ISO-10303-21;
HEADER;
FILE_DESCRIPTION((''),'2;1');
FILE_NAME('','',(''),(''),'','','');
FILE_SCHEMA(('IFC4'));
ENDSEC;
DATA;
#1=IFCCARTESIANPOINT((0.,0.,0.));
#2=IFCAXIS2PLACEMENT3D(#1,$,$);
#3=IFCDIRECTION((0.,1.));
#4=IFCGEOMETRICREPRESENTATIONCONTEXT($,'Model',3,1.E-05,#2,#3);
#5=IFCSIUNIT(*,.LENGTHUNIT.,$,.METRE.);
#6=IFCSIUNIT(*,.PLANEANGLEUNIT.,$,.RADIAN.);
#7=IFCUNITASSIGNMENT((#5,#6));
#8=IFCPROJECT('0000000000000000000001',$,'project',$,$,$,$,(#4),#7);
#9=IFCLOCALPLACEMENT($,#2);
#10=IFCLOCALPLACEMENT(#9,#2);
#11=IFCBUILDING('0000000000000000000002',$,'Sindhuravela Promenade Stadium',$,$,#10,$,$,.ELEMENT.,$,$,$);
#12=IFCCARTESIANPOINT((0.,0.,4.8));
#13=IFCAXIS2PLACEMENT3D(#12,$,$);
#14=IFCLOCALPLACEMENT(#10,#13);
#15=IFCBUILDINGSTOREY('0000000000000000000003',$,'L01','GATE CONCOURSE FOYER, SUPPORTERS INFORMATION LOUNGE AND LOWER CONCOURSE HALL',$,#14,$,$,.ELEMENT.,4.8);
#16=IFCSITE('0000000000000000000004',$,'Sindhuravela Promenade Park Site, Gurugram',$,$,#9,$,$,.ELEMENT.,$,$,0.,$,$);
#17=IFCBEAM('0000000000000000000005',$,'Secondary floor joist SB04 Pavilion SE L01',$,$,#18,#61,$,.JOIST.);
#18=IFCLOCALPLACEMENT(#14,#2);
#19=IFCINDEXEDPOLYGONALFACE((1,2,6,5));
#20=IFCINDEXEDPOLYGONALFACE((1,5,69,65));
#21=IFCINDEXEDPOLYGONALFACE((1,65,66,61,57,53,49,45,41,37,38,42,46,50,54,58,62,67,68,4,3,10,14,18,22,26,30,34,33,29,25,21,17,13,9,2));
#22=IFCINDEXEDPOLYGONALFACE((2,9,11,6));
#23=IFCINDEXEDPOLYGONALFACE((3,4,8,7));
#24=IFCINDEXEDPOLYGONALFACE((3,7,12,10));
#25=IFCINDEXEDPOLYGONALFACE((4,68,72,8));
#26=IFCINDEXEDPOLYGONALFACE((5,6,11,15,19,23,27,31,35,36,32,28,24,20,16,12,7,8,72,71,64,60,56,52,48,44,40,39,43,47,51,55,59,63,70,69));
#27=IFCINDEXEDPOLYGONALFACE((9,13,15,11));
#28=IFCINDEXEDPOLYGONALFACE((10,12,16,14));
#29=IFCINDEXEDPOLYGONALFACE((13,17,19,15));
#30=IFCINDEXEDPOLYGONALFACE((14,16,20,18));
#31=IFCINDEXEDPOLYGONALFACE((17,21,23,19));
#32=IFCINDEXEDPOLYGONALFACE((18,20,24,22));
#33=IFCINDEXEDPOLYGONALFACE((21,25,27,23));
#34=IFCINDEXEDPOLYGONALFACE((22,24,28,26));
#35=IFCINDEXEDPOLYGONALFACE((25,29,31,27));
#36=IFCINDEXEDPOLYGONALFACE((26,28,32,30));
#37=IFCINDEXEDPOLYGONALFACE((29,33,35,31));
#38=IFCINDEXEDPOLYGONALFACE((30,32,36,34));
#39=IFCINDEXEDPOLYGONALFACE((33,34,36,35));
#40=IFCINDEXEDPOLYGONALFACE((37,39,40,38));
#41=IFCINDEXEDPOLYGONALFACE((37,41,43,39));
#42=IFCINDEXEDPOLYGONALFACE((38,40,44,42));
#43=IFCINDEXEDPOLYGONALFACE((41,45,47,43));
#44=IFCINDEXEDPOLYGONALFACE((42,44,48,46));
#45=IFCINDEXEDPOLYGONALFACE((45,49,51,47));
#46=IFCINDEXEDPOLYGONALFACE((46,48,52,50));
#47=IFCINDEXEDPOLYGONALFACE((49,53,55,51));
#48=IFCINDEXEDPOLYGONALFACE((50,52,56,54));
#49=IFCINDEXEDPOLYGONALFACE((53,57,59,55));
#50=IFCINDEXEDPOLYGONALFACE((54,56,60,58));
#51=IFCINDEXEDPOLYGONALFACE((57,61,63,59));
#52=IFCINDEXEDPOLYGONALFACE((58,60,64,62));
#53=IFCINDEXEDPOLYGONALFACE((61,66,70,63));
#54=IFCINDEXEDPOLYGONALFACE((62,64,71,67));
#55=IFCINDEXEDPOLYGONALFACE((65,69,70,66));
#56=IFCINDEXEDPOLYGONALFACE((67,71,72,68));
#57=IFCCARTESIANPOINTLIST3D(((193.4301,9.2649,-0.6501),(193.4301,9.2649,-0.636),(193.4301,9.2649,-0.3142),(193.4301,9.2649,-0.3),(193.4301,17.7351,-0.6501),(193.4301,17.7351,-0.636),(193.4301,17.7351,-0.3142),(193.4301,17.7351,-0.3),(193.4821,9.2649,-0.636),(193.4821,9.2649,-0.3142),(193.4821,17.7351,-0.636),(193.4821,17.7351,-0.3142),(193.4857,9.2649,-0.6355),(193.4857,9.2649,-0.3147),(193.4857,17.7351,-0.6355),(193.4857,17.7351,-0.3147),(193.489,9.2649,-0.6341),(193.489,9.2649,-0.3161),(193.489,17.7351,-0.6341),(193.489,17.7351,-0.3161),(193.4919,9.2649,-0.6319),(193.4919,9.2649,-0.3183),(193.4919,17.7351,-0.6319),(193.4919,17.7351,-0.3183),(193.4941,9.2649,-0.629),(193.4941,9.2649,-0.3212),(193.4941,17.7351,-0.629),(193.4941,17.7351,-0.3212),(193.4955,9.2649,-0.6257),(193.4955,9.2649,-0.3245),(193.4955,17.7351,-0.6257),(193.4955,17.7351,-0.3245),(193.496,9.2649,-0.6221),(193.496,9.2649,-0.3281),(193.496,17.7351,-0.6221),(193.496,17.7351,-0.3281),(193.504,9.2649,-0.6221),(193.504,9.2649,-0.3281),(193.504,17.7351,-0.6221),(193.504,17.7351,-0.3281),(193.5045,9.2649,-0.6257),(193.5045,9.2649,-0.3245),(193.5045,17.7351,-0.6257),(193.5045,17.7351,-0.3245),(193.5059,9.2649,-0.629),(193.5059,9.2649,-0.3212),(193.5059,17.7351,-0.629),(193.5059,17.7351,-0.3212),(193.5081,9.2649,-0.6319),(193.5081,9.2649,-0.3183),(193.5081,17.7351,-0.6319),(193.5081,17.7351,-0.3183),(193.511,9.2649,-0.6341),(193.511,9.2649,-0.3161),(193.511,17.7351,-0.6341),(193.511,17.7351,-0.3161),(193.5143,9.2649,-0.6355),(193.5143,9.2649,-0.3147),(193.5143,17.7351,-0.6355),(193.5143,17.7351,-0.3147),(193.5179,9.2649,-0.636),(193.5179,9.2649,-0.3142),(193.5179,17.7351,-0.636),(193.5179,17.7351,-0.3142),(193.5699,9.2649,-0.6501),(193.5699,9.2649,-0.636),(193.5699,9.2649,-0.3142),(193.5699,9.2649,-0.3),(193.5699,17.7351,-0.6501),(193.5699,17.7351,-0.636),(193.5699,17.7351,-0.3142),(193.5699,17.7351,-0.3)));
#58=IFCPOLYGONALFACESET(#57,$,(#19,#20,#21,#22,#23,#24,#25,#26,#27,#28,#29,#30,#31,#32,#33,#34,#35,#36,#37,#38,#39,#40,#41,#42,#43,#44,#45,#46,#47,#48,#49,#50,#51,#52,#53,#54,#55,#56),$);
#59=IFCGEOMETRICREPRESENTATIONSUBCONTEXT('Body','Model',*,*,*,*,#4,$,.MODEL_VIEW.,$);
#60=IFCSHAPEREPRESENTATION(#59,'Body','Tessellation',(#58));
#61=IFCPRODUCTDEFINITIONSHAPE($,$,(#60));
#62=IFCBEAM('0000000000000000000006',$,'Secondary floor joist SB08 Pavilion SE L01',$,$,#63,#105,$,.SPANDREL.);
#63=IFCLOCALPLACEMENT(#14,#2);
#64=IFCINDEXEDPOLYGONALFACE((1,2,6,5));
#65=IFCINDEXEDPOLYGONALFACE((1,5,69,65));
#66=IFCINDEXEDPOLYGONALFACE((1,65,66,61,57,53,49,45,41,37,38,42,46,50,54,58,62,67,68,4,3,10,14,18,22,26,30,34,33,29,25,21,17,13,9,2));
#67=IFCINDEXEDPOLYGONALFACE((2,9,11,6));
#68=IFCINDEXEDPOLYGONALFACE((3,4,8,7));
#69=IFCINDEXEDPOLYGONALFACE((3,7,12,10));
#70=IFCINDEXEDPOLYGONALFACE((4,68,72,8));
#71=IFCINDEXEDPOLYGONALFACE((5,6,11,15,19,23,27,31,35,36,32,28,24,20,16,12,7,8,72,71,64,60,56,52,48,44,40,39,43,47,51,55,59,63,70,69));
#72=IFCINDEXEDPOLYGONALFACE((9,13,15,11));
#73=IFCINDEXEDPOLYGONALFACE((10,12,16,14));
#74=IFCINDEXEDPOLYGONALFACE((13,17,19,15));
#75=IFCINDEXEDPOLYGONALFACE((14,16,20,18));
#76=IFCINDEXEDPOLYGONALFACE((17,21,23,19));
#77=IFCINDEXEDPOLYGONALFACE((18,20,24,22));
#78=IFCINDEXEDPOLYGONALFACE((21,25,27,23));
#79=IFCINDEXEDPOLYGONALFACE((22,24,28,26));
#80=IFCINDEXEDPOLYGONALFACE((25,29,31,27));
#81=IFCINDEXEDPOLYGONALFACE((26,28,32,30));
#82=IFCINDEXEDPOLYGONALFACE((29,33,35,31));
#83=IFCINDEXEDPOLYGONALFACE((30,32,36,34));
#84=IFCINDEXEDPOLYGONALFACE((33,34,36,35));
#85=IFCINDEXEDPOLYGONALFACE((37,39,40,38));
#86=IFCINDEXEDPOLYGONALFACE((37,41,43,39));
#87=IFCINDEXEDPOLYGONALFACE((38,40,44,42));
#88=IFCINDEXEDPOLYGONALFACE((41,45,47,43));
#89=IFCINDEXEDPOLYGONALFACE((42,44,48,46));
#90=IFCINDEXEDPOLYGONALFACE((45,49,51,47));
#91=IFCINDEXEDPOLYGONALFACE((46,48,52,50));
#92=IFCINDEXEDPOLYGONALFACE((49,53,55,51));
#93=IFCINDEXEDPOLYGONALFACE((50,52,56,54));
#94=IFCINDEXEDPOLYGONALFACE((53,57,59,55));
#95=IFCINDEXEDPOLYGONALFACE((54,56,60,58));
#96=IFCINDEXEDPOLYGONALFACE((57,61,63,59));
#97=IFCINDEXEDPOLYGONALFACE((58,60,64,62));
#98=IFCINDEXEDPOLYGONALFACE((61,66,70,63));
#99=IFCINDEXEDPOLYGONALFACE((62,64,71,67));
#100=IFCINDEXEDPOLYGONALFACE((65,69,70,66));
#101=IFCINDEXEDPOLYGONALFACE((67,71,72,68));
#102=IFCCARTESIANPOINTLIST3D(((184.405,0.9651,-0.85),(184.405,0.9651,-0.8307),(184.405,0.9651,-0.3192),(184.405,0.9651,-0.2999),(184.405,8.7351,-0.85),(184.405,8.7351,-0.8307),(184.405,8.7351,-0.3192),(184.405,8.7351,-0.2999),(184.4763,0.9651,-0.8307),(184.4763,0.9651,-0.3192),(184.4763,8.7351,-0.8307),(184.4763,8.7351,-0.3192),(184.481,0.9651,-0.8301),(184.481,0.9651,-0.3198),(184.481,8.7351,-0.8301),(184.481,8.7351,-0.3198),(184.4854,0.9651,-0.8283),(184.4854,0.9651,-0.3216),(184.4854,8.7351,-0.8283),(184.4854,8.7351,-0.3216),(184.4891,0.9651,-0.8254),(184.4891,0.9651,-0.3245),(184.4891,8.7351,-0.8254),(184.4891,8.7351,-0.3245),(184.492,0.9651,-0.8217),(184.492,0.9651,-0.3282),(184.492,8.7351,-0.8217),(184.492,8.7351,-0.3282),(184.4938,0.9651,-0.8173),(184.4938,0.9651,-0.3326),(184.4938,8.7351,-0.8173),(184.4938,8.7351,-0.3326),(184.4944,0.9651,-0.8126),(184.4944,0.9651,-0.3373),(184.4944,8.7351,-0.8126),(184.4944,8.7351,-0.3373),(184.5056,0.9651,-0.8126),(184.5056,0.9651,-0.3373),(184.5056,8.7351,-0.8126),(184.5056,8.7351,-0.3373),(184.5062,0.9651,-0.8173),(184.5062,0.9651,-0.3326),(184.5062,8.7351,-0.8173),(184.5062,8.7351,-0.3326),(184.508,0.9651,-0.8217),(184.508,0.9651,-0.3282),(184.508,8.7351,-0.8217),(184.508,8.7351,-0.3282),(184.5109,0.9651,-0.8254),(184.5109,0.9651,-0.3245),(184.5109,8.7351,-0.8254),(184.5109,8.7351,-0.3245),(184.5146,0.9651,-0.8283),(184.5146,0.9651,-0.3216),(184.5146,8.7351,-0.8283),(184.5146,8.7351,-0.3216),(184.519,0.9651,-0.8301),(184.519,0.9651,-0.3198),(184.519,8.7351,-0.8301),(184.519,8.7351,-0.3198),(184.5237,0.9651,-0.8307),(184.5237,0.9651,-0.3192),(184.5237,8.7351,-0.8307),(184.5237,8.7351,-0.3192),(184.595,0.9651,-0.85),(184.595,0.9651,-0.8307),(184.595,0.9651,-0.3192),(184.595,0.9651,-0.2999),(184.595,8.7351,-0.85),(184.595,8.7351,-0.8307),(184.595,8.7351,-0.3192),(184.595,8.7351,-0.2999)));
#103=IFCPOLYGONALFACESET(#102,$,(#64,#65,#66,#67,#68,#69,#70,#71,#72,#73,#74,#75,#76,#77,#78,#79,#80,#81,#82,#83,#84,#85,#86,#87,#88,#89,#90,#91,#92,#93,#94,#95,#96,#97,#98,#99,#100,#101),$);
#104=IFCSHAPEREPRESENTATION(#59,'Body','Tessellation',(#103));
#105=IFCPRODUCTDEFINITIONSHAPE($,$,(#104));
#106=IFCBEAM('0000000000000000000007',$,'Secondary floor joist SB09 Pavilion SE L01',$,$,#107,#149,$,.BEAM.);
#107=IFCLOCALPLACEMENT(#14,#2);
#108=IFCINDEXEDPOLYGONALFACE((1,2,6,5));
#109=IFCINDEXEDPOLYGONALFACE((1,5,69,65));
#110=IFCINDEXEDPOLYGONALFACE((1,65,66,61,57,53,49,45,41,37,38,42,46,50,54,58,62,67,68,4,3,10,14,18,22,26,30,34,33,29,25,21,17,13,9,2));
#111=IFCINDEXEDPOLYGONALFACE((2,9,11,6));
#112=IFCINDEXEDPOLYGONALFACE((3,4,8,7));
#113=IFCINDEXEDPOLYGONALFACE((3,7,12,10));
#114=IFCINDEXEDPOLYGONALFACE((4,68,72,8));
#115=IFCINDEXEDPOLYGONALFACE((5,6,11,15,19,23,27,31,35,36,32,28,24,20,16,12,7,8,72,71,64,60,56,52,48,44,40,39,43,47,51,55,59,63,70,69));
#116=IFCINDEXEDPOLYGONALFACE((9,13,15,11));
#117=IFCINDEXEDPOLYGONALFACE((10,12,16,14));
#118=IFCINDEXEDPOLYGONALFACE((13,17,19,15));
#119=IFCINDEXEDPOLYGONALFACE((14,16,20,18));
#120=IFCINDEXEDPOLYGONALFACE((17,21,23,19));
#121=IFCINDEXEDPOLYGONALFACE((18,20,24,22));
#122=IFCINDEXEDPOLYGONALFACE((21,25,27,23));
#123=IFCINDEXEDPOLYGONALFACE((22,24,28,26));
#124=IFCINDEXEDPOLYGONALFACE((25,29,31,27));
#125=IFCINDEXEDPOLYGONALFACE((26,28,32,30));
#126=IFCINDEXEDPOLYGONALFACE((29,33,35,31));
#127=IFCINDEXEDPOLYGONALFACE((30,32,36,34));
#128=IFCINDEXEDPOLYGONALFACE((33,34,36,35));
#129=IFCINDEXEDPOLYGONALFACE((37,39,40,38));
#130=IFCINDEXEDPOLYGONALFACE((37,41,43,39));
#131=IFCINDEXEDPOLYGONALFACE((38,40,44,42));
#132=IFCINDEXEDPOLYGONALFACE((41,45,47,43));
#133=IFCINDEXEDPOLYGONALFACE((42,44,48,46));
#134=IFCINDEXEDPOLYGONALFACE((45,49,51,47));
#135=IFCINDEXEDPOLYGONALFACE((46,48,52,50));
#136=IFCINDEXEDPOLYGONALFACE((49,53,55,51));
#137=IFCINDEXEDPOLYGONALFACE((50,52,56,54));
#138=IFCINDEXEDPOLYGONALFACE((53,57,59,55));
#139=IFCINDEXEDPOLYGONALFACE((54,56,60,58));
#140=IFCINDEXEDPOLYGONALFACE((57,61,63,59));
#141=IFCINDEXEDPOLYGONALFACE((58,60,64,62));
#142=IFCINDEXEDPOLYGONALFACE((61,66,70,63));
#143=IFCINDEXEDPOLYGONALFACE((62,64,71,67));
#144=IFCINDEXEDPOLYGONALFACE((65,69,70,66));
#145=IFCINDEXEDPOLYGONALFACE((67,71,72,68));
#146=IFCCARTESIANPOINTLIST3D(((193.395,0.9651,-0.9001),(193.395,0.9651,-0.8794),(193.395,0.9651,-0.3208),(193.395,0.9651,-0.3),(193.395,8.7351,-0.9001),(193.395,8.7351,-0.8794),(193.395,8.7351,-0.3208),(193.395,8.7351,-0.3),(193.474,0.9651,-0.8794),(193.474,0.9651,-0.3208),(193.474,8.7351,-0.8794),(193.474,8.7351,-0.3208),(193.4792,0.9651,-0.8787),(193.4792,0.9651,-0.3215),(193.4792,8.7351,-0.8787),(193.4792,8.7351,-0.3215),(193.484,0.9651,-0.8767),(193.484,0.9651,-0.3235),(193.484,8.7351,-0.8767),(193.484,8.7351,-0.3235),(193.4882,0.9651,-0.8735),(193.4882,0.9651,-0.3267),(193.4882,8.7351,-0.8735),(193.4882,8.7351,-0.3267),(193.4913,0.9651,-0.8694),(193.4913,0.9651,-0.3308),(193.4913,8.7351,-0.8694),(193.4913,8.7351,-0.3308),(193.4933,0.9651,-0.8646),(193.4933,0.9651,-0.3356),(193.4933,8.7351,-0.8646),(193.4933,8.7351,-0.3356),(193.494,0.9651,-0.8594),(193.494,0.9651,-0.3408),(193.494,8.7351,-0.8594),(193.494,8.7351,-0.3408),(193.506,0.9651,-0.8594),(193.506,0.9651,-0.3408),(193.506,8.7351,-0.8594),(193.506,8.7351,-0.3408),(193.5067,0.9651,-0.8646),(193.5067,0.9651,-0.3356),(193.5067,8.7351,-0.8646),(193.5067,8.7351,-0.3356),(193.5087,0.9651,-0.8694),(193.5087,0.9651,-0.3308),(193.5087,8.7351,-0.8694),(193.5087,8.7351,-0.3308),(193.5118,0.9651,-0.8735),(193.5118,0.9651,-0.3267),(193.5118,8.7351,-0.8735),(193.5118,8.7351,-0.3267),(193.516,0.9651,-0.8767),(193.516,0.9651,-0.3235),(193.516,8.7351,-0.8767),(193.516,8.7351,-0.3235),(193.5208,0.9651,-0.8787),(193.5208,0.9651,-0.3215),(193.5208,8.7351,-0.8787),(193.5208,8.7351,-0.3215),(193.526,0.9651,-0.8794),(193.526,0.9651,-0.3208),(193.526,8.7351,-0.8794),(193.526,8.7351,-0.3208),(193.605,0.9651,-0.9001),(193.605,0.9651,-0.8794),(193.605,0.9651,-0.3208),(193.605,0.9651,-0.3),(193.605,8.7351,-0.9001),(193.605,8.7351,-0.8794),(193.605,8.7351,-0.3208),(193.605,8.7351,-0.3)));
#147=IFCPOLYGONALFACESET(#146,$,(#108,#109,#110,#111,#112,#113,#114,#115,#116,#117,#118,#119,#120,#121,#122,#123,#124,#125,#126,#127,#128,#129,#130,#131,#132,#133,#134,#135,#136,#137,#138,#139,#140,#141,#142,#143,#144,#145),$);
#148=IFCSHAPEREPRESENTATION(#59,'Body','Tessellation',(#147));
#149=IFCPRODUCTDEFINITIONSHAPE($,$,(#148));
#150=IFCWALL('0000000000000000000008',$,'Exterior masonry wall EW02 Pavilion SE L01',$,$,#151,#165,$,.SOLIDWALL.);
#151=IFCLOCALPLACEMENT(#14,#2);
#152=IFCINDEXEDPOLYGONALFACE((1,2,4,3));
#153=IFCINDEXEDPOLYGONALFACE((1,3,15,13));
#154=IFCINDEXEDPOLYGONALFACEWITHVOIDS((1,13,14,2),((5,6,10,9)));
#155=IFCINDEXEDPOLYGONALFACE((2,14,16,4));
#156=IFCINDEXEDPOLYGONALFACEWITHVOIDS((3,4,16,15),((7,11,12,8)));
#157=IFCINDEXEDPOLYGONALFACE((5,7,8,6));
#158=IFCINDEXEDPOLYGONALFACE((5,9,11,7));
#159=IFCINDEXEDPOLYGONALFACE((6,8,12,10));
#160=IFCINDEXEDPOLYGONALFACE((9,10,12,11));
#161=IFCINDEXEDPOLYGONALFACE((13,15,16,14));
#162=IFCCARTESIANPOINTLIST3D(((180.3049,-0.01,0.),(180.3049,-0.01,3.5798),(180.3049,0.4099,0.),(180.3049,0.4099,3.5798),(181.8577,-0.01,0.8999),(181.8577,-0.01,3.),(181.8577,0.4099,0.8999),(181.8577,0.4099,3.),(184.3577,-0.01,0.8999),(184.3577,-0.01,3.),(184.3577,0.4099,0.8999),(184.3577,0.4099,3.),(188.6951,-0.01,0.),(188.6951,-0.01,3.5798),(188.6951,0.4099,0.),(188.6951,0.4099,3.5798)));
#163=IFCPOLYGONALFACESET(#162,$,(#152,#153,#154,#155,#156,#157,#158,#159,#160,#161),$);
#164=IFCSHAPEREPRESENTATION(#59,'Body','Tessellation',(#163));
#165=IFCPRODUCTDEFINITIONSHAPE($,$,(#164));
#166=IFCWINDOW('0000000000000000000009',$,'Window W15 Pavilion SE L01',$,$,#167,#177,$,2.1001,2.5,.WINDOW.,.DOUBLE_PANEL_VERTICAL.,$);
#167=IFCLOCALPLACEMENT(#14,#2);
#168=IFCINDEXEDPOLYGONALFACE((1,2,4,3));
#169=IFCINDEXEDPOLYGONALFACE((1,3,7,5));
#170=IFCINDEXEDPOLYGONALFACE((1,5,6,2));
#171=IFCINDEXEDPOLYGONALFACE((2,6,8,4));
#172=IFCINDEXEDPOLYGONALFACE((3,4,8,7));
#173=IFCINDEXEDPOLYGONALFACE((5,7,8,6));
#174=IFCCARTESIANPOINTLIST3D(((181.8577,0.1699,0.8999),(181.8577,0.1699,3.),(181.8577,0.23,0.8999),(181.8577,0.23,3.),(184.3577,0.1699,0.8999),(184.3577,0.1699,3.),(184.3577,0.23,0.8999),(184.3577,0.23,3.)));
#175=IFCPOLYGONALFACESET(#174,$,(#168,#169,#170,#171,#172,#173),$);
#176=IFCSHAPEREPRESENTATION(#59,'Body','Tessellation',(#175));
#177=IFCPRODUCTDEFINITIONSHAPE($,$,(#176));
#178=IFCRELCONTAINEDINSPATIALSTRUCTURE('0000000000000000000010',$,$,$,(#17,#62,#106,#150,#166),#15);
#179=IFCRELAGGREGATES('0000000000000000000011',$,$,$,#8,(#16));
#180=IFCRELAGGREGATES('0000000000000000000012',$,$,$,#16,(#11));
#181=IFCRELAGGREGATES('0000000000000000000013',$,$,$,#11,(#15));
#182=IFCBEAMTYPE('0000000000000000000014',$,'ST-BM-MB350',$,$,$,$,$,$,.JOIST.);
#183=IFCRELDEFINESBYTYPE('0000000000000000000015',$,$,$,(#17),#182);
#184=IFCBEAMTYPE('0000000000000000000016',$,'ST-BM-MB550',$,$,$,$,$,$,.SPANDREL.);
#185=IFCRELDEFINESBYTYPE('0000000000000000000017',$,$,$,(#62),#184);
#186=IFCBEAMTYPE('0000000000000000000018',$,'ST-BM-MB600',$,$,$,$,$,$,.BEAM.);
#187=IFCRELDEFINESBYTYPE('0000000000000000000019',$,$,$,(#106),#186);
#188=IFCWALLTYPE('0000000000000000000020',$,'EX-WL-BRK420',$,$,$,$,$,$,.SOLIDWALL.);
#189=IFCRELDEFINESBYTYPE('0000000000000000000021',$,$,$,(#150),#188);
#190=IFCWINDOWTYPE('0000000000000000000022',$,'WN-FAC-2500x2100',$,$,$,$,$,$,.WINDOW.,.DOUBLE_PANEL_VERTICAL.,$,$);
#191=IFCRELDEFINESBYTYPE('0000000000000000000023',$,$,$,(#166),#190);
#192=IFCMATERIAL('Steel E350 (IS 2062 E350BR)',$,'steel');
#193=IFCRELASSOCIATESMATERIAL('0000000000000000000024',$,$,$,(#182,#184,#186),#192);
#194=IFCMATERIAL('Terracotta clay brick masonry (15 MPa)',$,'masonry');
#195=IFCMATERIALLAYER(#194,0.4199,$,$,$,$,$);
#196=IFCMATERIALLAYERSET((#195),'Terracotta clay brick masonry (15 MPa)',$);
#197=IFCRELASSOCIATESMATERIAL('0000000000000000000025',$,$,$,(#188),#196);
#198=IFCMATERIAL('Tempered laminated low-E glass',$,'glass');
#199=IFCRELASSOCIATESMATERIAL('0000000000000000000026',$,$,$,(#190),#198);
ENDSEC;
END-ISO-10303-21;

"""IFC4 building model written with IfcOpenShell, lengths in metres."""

from ifc_helpers import new_model, si_unit, direction, frame, frame_2d, origin, origin_2d, place, context, subcontext, project, spatial, rectangle, i_section, extrude, material, layer, layer_set, material_profile, profile_set, type_object, element, fill, save


model = new_model("IFC4")

# Units and contexts
model_context = context("Model", 3, precision=1e-05, world=origin(), true_north=direction((0.0, 1.0)))
body_context = subcontext(model_context, "Body", "Model", "MODEL_VIEW")
ifc_project = project(units=[si_unit("LENGTHUNIT", "METRE"), si_unit("PLANEANGLEUNIT", "RADIAN")], contexts=[model_context])

# Site, building, storey
site_placement = place(None, origin())
site = spatial("IfcSite", under=ifc_project, at=site_placement, Name="Sindhuravela Promenade Park Site, Gurugram", CompositionType="ELEMENT", RefElevation=0.0)
building_placement = place(site_placement, origin())
building = spatial("IfcBuilding", under=site, at=building_placement, Name="Sindhuravela Promenade Stadium", CompositionType="ELEMENT")
storey_placement = place(building_placement, frame((0.0, 0.0, 4.8)))
storey = spatial("IfcBuildingStorey", under=building, at=storey_placement, Name="L01", Description="GATE CONCOURSE FOYER, SUPPORTERS INFORMATION LOUNGE AND LOWER CONCOURSE HALL", CompositionType="ELEMENT", Elevation=4.8)

# Beams
ifc_material_1 = material(Name="Steel E350 (IS 2062 E350BR)", Category="steel")
ifc_material_profile_1 = material_profile(ifc_material_1, i_section(OverallWidth=0.1399, OverallDepth=0.3501, WebThickness=0.0081, FlangeThickness=0.0142, FilletRadius=0.0139, at=origin_2d()), Name="ISMB 350")
ifc_profile_set_1 = profile_set([ifc_material_profile_1], Name="Steel E350 (IS 2062 E350BR)")
beam_type_1 = type_object("IfcBeamType", Name="ST-BM-MB350", PredefinedType="JOIST", material=ifc_profile_set_1)
beam_1_placement = place(storey_placement, frame((193.5, 9.2649, -0.4751), z_axis=(0.0, 1.0, 0.0), x_axis=(-1.0, 0.0, 0.0)))
element("IfcBeam", 1, at=beam_1_placement, inside=storey, type_object=beam_type_1, Name="Secondary floor joist SB04 Pavilion SE L01", PredefinedType="JOIST", context=body_context, shape_type="SweptSolid", body=[
    extrude(i_section(OverallWidth=0.1399, OverallDepth=0.3501, WebThickness=0.0081, FlangeThickness=0.0142, FilletRadius=0.0139, at=origin_2d()), origin(), (0.0, 0.0, 1.0), 8.4702),
])
ifc_material_profile_2 = material_profile(ifc_material_1, i_section(OverallWidth=0.1899, OverallDepth=0.55, WebThickness=0.0112, FlangeThickness=0.0193, FilletRadius=0.0181, at=origin_2d()), Name="ISMB 550")
ifc_profile_set_2 = profile_set([ifc_material_profile_2], Name="Steel E350 (IS 2062 E350BR)")
beam_type_2 = type_object("IfcBeamType", Name="ST-BM-MB550", PredefinedType="SPANDREL", material=ifc_profile_set_2)
beam_2_placement = place(storey_placement, frame((184.5, 0.9651, -0.575), z_axis=(0.0, 1.0, 0.0), x_axis=(-1.0, 0.0, 0.0)))
element("IfcBeam", 2, at=beam_2_placement, inside=storey, type_object=beam_type_2, Name="Secondary floor joist SB08 Pavilion SE L01", PredefinedType="SPANDREL", context=body_context, shape_type="SweptSolid", body=[
    extrude(i_section(OverallWidth=0.1899, OverallDepth=0.55, WebThickness=0.0112, FlangeThickness=0.0193, FilletRadius=0.0181, at=origin_2d()), origin(), (0.0, 0.0, 1.0), 7.77),
])
ifc_material_profile_3 = material_profile(ifc_material_1, i_section(OverallWidth=0.21, OverallDepth=0.6001, WebThickness=0.012, FlangeThickness=0.0208, FilletRadius=0.02, at=origin_2d()), Name="ISMB 600")
ifc_profile_set_3 = profile_set([ifc_material_profile_3], Name="Steel E350 (IS 2062 E350BR)")
beam_type_3 = type_object("IfcBeamType", Name="ST-BM-MB600", PredefinedType="BEAM", material=ifc_profile_set_3)
beam_3_placement = place(storey_placement, frame((193.5, 0.9651, -0.6001), z_axis=(0.0, 1.0, 0.0), x_axis=(-1.0, 0.0, 0.0)))
element("IfcBeam", 3, at=beam_3_placement, inside=storey, type_object=beam_type_3, Name="Secondary floor joist SB09 Pavilion SE L01", PredefinedType="BEAM", context=body_context, shape_type="SweptSolid", body=[
    extrude(i_section(OverallWidth=0.21, OverallDepth=0.6001, WebThickness=0.012, FlangeThickness=0.0208, FilletRadius=0.02, at=origin_2d()), origin(), (0.0, 0.0, 1.0), 7.77),
])

# Wall, opening, window
ifc_material_2 = material(Name="Terracotta clay brick masonry (15 MPa)", Category="masonry")
ifc_layer_1 = layer(ifc_material_2, 0.4199)
ifc_layer_set_1 = layer_set([ifc_layer_1], Name="Terracotta clay brick masonry (15 MPa)")
wall_type_1 = type_object("IfcWallType", Name="EX-WL-BRK420", PredefinedType="SOLIDWALL", material=ifc_layer_set_1)
wall_1_placement = place(storey_placement, frame((188.6951, 0.2, 0.0), z_axis=(0.0, 0.0, 1.0), x_axis=(-1.0, 0.0, 0.0)))
wall_1 = element("IfcWall", 4, at=wall_1_placement, inside=storey, type_object=wall_type_1, Name="Exterior masonry wall EW02 Pavilion SE L01", PredefinedType="SOLIDWALL", context=body_context, shape_type="SweptSolid", body=[
    extrude(rectangle(XDim=8.3901, YDim=0.4199, at=frame_2d((4.1951, 0.0))), origin(), (0.0, 0.0, 1.0), 3.5798),
])
opening_1_placement = place(wall_1_placement, frame((4.3374, 0.0, 0.8999)))
opening_1 = element("IfcOpeningElement", 5, at=opening_1_placement, cuts=wall_1, PredefinedType="OPENING", context=body_context, shape_type="SweptSolid", body=[
    extrude(rectangle(XDim=2.5, YDim=2.1001, at=frame_2d((1.25, 1.05))), frame((0.0, 0.22, 0.0), z_axis=(0.0, -1.0, 0.0), x_axis=(1.0, 0.0, 0.0)), (0.0, 0.0, 1.0), 0.4399),
])
ifc_material_3 = material(Name="Tempered laminated low-E glass", Category="glass")
window_type_1 = type_object("IfcWindowType", Name="WN-FAC-2500x2100", PartitioningType="DOUBLE_PANEL_VERTICAL", PredefinedType="WINDOW", material=ifc_material_3)
window_1_placement = place(opening_1_placement, origin())
window_1 = element("IfcWindow", 6, at=window_1_placement, inside=storey, type_object=window_type_1, Name="Window W15 Pavilion SE L01", OverallHeight=2.1001, OverallWidth=2.5, PartitioningType="DOUBLE_PANEL_VERTICAL", PredefinedType="WINDOW", context=body_context, shape_type="SweptSolid", body=[
    extrude(rectangle(XDim=2.5, YDim=2.1001, at=frame_2d((1.25, 1.05))), frame((0.0, 0.03, 0.0), z_axis=(0.0, -1.0, 0.0), x_axis=(1.0, 0.0, 0.0)), (0.0, 0.0, 1.0), 0.0601),
])
fill(opening_1, window_1)

save(model, "model.ifc")
